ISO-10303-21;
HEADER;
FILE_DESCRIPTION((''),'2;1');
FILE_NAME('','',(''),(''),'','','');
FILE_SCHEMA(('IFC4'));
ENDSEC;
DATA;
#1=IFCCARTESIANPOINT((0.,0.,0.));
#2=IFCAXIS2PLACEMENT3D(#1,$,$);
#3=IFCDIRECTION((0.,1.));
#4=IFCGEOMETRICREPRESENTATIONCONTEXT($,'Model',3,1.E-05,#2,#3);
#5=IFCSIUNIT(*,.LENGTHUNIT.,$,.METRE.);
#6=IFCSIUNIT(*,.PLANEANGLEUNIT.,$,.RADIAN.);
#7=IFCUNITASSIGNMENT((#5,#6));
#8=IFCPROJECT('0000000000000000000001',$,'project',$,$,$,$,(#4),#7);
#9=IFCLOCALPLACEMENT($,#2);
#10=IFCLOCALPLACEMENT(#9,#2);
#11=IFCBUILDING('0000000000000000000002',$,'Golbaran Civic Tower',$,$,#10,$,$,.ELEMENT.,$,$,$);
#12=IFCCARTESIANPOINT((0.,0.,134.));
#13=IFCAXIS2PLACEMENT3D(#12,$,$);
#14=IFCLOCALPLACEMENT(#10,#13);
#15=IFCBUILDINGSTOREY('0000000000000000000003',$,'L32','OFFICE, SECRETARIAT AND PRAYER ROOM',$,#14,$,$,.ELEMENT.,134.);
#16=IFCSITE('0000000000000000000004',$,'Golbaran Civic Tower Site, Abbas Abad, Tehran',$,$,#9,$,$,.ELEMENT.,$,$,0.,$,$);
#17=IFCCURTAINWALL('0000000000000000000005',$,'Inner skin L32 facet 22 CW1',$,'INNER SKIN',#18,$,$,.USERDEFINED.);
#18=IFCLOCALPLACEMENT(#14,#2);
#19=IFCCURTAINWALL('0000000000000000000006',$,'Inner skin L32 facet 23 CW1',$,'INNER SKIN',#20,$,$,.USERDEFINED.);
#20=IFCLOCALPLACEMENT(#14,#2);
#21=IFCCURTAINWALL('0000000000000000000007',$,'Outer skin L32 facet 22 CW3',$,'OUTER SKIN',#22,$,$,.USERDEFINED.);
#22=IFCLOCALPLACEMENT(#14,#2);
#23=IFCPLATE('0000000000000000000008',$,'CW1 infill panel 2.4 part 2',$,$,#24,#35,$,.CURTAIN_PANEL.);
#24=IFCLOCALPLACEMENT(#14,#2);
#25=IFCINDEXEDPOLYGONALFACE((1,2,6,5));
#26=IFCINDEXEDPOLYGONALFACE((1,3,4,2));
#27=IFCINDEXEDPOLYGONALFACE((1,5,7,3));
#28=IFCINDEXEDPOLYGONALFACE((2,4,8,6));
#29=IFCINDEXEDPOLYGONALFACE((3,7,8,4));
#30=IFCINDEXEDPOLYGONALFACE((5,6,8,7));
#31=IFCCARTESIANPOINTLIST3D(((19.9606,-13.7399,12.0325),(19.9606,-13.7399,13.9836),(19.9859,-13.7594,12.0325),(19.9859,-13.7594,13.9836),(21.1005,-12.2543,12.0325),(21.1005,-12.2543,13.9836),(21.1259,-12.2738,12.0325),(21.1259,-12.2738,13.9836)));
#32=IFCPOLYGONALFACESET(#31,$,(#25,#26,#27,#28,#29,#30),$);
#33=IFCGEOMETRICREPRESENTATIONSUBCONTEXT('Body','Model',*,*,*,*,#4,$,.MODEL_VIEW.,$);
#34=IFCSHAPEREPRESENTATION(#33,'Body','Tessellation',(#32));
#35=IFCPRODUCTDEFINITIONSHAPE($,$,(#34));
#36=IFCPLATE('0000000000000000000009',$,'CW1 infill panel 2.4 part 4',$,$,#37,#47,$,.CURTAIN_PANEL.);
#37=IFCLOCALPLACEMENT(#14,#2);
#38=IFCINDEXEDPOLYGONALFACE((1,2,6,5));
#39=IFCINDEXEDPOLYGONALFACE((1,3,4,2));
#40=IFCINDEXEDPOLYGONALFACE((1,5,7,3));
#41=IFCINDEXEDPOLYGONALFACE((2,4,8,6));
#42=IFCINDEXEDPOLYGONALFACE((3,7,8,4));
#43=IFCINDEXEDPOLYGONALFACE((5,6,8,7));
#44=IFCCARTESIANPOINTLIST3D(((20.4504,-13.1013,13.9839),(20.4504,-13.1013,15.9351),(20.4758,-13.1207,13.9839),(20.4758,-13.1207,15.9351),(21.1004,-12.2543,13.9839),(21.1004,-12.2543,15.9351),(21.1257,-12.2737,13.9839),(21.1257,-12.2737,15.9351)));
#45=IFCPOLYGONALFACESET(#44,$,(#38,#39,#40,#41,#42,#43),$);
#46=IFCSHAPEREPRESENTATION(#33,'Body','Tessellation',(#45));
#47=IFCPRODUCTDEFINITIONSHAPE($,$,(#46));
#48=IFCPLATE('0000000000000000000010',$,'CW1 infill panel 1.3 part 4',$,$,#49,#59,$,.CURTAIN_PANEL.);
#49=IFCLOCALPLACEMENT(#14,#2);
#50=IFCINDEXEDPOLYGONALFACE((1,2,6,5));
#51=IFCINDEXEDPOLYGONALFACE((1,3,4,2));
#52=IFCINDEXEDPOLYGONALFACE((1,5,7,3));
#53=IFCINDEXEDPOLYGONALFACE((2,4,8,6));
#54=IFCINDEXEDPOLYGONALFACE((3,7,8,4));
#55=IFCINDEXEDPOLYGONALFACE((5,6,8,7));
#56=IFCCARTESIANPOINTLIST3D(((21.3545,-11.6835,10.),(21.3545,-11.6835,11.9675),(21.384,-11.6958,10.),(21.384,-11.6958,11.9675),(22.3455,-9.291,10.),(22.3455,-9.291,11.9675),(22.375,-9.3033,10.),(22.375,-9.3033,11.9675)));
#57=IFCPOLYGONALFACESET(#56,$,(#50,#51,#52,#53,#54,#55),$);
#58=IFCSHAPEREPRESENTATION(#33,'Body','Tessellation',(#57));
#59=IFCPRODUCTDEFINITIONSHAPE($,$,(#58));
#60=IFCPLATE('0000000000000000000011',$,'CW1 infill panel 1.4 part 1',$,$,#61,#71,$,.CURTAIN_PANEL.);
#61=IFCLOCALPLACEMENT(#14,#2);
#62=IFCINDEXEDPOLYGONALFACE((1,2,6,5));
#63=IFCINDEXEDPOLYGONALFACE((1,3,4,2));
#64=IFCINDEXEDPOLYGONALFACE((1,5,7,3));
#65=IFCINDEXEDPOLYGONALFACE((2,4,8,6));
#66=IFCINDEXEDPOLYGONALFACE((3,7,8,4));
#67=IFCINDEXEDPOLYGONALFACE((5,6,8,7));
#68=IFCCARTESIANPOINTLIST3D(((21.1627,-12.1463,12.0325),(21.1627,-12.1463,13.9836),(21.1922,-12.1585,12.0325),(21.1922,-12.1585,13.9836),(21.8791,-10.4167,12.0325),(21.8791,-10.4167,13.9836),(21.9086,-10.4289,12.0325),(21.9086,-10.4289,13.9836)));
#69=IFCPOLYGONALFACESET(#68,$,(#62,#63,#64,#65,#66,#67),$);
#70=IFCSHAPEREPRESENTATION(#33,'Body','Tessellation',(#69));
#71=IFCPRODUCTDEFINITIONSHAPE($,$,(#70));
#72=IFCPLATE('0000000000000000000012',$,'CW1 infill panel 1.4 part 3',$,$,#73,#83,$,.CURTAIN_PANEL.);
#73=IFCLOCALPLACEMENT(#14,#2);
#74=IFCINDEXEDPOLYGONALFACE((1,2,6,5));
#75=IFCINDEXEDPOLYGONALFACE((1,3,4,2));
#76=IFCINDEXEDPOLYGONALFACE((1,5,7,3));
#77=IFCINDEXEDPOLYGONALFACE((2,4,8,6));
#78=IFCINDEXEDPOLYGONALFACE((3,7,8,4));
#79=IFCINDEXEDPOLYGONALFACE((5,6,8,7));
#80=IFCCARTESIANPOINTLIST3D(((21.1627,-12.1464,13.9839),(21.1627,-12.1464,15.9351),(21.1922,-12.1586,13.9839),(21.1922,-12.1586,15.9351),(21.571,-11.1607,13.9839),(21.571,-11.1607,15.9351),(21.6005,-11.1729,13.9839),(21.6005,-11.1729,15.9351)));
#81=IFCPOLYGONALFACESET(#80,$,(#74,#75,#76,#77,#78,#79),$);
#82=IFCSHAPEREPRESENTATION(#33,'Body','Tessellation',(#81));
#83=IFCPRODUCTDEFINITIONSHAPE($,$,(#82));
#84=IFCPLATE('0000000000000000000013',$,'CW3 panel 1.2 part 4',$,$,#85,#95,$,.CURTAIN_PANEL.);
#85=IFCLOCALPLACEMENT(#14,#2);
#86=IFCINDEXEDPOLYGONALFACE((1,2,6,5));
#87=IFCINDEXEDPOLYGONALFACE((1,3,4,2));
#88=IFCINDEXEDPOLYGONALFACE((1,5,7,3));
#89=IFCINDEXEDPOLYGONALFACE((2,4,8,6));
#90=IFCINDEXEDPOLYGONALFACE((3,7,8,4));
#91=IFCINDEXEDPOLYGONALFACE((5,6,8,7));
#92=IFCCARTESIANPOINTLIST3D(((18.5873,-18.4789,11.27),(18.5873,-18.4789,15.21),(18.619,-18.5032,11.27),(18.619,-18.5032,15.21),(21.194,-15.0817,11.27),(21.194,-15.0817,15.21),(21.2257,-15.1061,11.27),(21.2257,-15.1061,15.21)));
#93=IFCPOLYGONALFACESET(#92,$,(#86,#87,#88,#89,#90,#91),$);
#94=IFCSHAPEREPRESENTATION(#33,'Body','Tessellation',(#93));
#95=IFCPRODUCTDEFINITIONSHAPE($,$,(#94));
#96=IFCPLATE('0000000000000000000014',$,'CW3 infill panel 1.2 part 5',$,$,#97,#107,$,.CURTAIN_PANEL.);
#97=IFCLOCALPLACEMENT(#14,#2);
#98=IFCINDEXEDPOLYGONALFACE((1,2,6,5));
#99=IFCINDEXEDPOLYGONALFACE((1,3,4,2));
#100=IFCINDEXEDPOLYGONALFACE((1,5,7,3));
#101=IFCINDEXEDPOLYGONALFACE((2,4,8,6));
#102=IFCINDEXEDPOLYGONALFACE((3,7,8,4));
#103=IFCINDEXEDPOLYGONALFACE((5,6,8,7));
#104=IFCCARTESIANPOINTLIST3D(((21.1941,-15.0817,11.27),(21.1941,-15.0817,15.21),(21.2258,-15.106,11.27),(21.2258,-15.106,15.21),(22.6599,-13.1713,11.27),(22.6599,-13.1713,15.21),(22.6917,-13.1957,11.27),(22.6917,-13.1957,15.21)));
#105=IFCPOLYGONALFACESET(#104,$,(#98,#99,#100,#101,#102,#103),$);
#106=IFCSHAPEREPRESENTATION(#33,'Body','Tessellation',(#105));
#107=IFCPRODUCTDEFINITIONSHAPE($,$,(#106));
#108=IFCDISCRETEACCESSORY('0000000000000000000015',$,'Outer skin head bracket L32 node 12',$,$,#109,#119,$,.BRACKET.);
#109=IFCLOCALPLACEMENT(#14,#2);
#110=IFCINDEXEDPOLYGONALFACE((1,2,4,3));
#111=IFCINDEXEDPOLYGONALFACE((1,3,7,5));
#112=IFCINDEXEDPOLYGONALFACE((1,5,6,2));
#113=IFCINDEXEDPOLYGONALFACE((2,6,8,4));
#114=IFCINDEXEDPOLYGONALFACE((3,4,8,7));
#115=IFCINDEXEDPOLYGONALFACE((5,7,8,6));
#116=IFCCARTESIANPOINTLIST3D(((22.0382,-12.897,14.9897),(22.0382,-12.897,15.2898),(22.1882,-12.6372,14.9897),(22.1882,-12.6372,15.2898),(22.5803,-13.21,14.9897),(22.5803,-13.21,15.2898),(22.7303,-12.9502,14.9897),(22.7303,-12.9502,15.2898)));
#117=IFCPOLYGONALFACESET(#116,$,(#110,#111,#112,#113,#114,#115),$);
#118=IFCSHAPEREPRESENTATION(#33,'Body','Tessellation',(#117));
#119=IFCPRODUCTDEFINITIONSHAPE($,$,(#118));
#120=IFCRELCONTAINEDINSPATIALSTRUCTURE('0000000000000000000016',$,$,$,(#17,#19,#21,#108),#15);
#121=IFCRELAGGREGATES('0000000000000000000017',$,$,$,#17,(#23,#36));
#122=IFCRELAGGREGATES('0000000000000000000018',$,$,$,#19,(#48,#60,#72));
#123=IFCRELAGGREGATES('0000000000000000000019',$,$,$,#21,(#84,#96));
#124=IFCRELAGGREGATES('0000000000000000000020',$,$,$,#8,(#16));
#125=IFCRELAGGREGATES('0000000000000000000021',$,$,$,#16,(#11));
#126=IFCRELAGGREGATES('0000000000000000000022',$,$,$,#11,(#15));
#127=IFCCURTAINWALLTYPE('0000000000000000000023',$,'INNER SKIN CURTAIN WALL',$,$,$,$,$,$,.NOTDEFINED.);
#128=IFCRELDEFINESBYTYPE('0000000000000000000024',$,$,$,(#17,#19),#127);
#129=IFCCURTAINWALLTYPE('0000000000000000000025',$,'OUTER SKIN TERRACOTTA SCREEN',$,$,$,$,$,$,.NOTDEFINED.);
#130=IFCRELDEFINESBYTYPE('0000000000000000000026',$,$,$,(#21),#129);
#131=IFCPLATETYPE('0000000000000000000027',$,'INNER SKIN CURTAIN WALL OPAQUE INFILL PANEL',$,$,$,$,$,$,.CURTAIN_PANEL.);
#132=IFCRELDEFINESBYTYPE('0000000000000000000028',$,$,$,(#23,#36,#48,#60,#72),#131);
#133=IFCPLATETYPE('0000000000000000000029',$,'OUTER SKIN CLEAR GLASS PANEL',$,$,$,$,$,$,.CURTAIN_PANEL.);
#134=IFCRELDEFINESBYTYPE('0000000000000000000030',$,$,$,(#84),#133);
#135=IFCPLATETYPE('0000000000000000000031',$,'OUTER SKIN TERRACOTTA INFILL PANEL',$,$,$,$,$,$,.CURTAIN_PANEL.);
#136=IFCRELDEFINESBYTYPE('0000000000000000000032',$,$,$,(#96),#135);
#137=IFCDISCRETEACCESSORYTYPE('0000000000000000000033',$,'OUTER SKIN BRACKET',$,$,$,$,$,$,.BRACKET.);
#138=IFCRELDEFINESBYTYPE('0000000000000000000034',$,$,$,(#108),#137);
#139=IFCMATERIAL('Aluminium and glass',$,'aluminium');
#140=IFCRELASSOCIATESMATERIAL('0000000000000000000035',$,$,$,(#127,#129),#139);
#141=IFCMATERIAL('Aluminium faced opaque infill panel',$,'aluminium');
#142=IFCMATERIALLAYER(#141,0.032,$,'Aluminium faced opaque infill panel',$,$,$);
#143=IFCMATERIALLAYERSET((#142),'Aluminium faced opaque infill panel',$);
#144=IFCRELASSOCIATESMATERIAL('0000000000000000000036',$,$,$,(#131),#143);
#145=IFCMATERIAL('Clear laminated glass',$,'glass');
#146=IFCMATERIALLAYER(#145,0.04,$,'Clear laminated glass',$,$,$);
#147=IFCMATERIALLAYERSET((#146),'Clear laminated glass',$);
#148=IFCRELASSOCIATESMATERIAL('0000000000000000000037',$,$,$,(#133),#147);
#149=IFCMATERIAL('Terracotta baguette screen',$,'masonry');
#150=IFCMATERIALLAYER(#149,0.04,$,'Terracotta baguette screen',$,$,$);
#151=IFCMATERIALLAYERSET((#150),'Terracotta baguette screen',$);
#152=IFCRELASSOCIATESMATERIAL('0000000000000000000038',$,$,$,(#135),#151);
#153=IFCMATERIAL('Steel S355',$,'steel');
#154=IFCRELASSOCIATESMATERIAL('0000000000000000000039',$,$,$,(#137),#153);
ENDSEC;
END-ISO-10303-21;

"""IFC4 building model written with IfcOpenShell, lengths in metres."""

from ifc_helpers import new_model, si_unit, direction, frame, origin, origin_2d, place, context, subcontext, project, spatial, rectangle, extrude, material, layer, layer_set, type_object, element, aggregate, save


model = new_model("IFC4")

# Units and contexts
model_context = context("Model", 3, precision=1e-05, world=origin(), true_north=direction((0.0, 1.0)))
body_context = subcontext(model_context, "Body", "Model", "MODEL_VIEW")
ifc_project = project(units=[si_unit("LENGTHUNIT", "METRE"), si_unit("PLANEANGLEUNIT", "RADIAN")], contexts=[model_context])

# Site, building, storey
site_placement = place(None, origin())
site = spatial("IfcSite", under=ifc_project, at=site_placement, Name="Golbaran Civic Tower Site, Abbas Abad, Tehran", CompositionType="ELEMENT", RefElevation=0.0)
building_placement = place(site_placement, origin())
building = spatial("IfcBuilding", under=site, at=building_placement, Name="Golbaran Civic Tower", CompositionType="ELEMENT")
storey_placement = place(building_placement, frame((0.0, 0.0, 134.0)))
storey = spatial("IfcBuildingStorey", under=building, at=storey_placement, Name="L32", Description="OFFICE, SECRETARIAT AND PRAYER ROOM", CompositionType="ELEMENT", Elevation=134.0)

# Curtain walls
ifc_material_1 = material(Name="Aluminium and glass", Category="aluminium")
curtain_wall_type_1 = type_object("IfcCurtainWallType", Name="INNER SKIN CURTAIN WALL", PredefinedType="NOTDEFINED", material=ifc_material_1)
curtain_wall_1_placement = place(storey_placement, origin())
curtain_wall_1 = element("IfcCurtainWall", 1, at=curtain_wall_1_placement, inside=storey, type_object=curtain_wall_type_1, Name="Inner skin L32 facet 22 CW1", ObjectType="INNER SKIN", PredefinedType="USERDEFINED")
curtain_wall_2_placement = place(storey_placement, origin())
curtain_wall_2 = element("IfcCurtainWall", 2, at=curtain_wall_2_placement, inside=storey, type_object=curtain_wall_type_1, Name="Inner skin L32 facet 23 CW1", ObjectType="INNER SKIN", PredefinedType="USERDEFINED")

# Curtain wall
curtain_wall_type_2 = type_object("IfcCurtainWallType", Name="OUTER SKIN TERRACOTTA SCREEN", PredefinedType="NOTDEFINED", material=ifc_material_1)
curtain_wall_3_placement = place(storey_placement, origin())
curtain_wall_3 = element("IfcCurtainWall", 3, at=curtain_wall_3_placement, inside=storey, type_object=curtain_wall_type_2, Name="Outer skin L32 facet 22 CW3", ObjectType="OUTER SKIN", PredefinedType="USERDEFINED")

# Plates
ifc_material_2 = material(Name="Aluminium faced opaque infill panel", Category="aluminium")
ifc_layer_1 = layer(ifc_material_2, 0.032, Name="Aluminium faced opaque infill panel")
ifc_layer_set_1 = layer_set([ifc_layer_1], Name="Aluminium faced opaque infill panel")
plate_type_1 = type_object("IfcPlateType", Name="INNER SKIN CURTAIN WALL OPAQUE INFILL PANEL", PredefinedType="CURTAIN_PANEL", material=ifc_layer_set_1)
plate_1_placement = place(storey_placement, frame((20.5432, -13.0068, 12.0325), z_axis=(0.0, 0.0, 1.0), x_axis=(0.608761, 0.793353, 0.0)))
plate_1 = element("IfcPlate", 4, at=plate_1_placement, type_object=plate_type_1, Name="CW1 infill panel 2.4 part 2", PredefinedType="CURTAIN_PANEL", context=body_context, shape_type="SweptSolid", body=[
    extrude(rectangle(XDim=1.8726, YDim=0.032, at=origin_2d()), origin(), (0.0, 0.0, 1.0), 1.9512),
])
plate_2_placement = place(storey_placement, frame((20.7881, -12.6875, 13.9839), z_axis=(0.0, 0.0, 1.0), x_axis=(0.608761, 0.793353, 0.0)))
plate_2 = element("IfcPlate", 5, at=plate_2_placement, type_object=plate_type_1, Name="CW1 infill panel 2.4 part 4", PredefinedType="CURTAIN_PANEL", context=body_context, shape_type="SweptSolid", body=[
    extrude(rectangle(XDim=1.0676, YDim=0.032, at=origin_2d()), origin(), (0.0, 0.0, 1.0), 1.9512),
])
aggregate(curtain_wall_1, [plate_1, plate_2])
plate_3_placement = place(storey_placement, frame((21.8647, -10.4934, 10.0), z_axis=(0.0, 0.0, 1.0), x_axis=(0.382683, 0.92388, 0.0)))
plate_3 = element("IfcPlate", 6, at=plate_3_placement, type_object=plate_type_1, Name="CW1 infill panel 1.3 part 4", PredefinedType="CURTAIN_PANEL", context=body_context, shape_type="SweptSolid", body=[
    extrude(rectangle(XDim=2.5896, YDim=0.032, at=origin_2d()), origin(), (0.0, 0.0, 1.0), 1.9675),
])
plate_4_placement = place(storey_placement, frame((21.5356, -11.2876, 12.0325), z_axis=(0.0, 0.0, 1.0), x_axis=(0.382683, 0.92388, 0.0)))
plate_4 = element("IfcPlate", 7, at=plate_4_placement, type_object=plate_type_1, Name="CW1 infill panel 1.4 part 1", PredefinedType="CURTAIN_PANEL", context=body_context, shape_type="SweptSolid", body=[
    extrude(rectangle(XDim=1.8721, YDim=0.032, at=origin_2d()), origin(), (0.0, 0.0, 1.0), 1.9512),
])
plate_5_placement = place(storey_placement, frame((21.3816, -11.6597, 13.9839), z_axis=(0.0, 0.0, 1.0), x_axis=(0.382683, 0.92388, 0.0)))
plate_5 = element("IfcPlate", 8, at=plate_5_placement, type_object=plate_type_1, Name="CW1 infill panel 1.4 part 3", PredefinedType="CURTAIN_PANEL", context=body_context, shape_type="SweptSolid", body=[
    extrude(rectangle(XDim=1.0669, YDim=0.032, at=origin_2d()), origin(), (0.0, 0.0, 1.0), 1.9512),
])
aggregate(curtain_wall_2, [plate_3, plate_4, plate_5])
ifc_material_3 = material(Name="Clear laminated glass", Category="glass")
ifc_layer_2 = layer(ifc_material_3, 0.04, Name="Clear laminated glass")
ifc_layer_set_2 = layer_set([ifc_layer_2], Name="Clear laminated glass")
plate_type_2 = type_object("IfcPlateType", Name="OUTER SKIN CLEAR GLASS PANEL", PredefinedType="CURTAIN_PANEL", material=ifc_layer_set_2)
plate_6_placement = place(storey_placement, frame((19.9065, -16.7925, 11.27), z_axis=(0.0, 0.0, 1.0), x_axis=(0.608761, 0.793353, 0.0)))
plate_6 = element("IfcPlate", 9, at=plate_6_placement, type_object=plate_type_2, Name="CW3 panel 1.2 part 4", PredefinedType="CURTAIN_PANEL", context=body_context, shape_type="SweptSolid", body=[
    extrude(rectangle(XDim=4.282, YDim=0.04, at=origin_2d()), origin(), (0.0, 0.0, 1.0), 3.9399),
])
ifc_material_4 = material(Name="Terracotta baguette screen", Category="masonry")
ifc_layer_3 = layer(ifc_material_4, 0.04, Name="Terracotta baguette screen")
ifc_layer_set_3 = layer_set([ifc_layer_3], Name="Terracotta baguette screen")
plate_type_3 = type_object("IfcPlateType", Name="OUTER SKIN TERRACOTTA INFILL PANEL", PredefinedType="CURTAIN_PANEL", material=ifc_layer_set_3)
plate_7_placement = place(storey_placement, frame((21.9429, -14.1387, 11.27), z_axis=(0.0, 0.0, 1.0), x_axis=(0.608761, 0.793353, 0.0)))
plate_7 = element("IfcPlate", 10, at=plate_7_placement, type_object=plate_type_3, Name="CW3 infill panel 1.2 part 5", PredefinedType="CURTAIN_PANEL", context=body_context, shape_type="SweptSolid", body=[
    extrude(rectangle(XDim=2.408, YDim=0.04, at=origin_2d()), origin(), (0.0, 0.0, 1.0), 3.9399),
])
aggregate(curtain_wall_3, [plate_6, plate_7])

# Discrete accessory
ifc_material_5 = material(Name="Steel S355", Category="steel")
discrete_accessory_type = type_object("IfcDiscreteAccessoryType", Name="OUTER SKIN BRACKET", PredefinedType="BRACKET", material=ifc_material_5)
discrete_accessory_placement = place(storey_placement, frame((22.3843, -12.9236, 14.9897), z_axis=(0.0, 0.0, 1.0), x_axis=(0.866025, -0.5, 0.0)))
element("IfcDiscreteAccessory", 11, at=discrete_accessory_placement, inside=storey, type_object=discrete_accessory_type, Name="Outer skin head bracket L32 node 12", PredefinedType="BRACKET", context=body_context, shape_type="SweptSolid", body=[
    extrude(rectangle(XDim=0.626, YDim=0.3, at=origin_2d()), origin(), (0.0, 0.0, 1.0), 0.3),
])

save(model, "model.ifc")
